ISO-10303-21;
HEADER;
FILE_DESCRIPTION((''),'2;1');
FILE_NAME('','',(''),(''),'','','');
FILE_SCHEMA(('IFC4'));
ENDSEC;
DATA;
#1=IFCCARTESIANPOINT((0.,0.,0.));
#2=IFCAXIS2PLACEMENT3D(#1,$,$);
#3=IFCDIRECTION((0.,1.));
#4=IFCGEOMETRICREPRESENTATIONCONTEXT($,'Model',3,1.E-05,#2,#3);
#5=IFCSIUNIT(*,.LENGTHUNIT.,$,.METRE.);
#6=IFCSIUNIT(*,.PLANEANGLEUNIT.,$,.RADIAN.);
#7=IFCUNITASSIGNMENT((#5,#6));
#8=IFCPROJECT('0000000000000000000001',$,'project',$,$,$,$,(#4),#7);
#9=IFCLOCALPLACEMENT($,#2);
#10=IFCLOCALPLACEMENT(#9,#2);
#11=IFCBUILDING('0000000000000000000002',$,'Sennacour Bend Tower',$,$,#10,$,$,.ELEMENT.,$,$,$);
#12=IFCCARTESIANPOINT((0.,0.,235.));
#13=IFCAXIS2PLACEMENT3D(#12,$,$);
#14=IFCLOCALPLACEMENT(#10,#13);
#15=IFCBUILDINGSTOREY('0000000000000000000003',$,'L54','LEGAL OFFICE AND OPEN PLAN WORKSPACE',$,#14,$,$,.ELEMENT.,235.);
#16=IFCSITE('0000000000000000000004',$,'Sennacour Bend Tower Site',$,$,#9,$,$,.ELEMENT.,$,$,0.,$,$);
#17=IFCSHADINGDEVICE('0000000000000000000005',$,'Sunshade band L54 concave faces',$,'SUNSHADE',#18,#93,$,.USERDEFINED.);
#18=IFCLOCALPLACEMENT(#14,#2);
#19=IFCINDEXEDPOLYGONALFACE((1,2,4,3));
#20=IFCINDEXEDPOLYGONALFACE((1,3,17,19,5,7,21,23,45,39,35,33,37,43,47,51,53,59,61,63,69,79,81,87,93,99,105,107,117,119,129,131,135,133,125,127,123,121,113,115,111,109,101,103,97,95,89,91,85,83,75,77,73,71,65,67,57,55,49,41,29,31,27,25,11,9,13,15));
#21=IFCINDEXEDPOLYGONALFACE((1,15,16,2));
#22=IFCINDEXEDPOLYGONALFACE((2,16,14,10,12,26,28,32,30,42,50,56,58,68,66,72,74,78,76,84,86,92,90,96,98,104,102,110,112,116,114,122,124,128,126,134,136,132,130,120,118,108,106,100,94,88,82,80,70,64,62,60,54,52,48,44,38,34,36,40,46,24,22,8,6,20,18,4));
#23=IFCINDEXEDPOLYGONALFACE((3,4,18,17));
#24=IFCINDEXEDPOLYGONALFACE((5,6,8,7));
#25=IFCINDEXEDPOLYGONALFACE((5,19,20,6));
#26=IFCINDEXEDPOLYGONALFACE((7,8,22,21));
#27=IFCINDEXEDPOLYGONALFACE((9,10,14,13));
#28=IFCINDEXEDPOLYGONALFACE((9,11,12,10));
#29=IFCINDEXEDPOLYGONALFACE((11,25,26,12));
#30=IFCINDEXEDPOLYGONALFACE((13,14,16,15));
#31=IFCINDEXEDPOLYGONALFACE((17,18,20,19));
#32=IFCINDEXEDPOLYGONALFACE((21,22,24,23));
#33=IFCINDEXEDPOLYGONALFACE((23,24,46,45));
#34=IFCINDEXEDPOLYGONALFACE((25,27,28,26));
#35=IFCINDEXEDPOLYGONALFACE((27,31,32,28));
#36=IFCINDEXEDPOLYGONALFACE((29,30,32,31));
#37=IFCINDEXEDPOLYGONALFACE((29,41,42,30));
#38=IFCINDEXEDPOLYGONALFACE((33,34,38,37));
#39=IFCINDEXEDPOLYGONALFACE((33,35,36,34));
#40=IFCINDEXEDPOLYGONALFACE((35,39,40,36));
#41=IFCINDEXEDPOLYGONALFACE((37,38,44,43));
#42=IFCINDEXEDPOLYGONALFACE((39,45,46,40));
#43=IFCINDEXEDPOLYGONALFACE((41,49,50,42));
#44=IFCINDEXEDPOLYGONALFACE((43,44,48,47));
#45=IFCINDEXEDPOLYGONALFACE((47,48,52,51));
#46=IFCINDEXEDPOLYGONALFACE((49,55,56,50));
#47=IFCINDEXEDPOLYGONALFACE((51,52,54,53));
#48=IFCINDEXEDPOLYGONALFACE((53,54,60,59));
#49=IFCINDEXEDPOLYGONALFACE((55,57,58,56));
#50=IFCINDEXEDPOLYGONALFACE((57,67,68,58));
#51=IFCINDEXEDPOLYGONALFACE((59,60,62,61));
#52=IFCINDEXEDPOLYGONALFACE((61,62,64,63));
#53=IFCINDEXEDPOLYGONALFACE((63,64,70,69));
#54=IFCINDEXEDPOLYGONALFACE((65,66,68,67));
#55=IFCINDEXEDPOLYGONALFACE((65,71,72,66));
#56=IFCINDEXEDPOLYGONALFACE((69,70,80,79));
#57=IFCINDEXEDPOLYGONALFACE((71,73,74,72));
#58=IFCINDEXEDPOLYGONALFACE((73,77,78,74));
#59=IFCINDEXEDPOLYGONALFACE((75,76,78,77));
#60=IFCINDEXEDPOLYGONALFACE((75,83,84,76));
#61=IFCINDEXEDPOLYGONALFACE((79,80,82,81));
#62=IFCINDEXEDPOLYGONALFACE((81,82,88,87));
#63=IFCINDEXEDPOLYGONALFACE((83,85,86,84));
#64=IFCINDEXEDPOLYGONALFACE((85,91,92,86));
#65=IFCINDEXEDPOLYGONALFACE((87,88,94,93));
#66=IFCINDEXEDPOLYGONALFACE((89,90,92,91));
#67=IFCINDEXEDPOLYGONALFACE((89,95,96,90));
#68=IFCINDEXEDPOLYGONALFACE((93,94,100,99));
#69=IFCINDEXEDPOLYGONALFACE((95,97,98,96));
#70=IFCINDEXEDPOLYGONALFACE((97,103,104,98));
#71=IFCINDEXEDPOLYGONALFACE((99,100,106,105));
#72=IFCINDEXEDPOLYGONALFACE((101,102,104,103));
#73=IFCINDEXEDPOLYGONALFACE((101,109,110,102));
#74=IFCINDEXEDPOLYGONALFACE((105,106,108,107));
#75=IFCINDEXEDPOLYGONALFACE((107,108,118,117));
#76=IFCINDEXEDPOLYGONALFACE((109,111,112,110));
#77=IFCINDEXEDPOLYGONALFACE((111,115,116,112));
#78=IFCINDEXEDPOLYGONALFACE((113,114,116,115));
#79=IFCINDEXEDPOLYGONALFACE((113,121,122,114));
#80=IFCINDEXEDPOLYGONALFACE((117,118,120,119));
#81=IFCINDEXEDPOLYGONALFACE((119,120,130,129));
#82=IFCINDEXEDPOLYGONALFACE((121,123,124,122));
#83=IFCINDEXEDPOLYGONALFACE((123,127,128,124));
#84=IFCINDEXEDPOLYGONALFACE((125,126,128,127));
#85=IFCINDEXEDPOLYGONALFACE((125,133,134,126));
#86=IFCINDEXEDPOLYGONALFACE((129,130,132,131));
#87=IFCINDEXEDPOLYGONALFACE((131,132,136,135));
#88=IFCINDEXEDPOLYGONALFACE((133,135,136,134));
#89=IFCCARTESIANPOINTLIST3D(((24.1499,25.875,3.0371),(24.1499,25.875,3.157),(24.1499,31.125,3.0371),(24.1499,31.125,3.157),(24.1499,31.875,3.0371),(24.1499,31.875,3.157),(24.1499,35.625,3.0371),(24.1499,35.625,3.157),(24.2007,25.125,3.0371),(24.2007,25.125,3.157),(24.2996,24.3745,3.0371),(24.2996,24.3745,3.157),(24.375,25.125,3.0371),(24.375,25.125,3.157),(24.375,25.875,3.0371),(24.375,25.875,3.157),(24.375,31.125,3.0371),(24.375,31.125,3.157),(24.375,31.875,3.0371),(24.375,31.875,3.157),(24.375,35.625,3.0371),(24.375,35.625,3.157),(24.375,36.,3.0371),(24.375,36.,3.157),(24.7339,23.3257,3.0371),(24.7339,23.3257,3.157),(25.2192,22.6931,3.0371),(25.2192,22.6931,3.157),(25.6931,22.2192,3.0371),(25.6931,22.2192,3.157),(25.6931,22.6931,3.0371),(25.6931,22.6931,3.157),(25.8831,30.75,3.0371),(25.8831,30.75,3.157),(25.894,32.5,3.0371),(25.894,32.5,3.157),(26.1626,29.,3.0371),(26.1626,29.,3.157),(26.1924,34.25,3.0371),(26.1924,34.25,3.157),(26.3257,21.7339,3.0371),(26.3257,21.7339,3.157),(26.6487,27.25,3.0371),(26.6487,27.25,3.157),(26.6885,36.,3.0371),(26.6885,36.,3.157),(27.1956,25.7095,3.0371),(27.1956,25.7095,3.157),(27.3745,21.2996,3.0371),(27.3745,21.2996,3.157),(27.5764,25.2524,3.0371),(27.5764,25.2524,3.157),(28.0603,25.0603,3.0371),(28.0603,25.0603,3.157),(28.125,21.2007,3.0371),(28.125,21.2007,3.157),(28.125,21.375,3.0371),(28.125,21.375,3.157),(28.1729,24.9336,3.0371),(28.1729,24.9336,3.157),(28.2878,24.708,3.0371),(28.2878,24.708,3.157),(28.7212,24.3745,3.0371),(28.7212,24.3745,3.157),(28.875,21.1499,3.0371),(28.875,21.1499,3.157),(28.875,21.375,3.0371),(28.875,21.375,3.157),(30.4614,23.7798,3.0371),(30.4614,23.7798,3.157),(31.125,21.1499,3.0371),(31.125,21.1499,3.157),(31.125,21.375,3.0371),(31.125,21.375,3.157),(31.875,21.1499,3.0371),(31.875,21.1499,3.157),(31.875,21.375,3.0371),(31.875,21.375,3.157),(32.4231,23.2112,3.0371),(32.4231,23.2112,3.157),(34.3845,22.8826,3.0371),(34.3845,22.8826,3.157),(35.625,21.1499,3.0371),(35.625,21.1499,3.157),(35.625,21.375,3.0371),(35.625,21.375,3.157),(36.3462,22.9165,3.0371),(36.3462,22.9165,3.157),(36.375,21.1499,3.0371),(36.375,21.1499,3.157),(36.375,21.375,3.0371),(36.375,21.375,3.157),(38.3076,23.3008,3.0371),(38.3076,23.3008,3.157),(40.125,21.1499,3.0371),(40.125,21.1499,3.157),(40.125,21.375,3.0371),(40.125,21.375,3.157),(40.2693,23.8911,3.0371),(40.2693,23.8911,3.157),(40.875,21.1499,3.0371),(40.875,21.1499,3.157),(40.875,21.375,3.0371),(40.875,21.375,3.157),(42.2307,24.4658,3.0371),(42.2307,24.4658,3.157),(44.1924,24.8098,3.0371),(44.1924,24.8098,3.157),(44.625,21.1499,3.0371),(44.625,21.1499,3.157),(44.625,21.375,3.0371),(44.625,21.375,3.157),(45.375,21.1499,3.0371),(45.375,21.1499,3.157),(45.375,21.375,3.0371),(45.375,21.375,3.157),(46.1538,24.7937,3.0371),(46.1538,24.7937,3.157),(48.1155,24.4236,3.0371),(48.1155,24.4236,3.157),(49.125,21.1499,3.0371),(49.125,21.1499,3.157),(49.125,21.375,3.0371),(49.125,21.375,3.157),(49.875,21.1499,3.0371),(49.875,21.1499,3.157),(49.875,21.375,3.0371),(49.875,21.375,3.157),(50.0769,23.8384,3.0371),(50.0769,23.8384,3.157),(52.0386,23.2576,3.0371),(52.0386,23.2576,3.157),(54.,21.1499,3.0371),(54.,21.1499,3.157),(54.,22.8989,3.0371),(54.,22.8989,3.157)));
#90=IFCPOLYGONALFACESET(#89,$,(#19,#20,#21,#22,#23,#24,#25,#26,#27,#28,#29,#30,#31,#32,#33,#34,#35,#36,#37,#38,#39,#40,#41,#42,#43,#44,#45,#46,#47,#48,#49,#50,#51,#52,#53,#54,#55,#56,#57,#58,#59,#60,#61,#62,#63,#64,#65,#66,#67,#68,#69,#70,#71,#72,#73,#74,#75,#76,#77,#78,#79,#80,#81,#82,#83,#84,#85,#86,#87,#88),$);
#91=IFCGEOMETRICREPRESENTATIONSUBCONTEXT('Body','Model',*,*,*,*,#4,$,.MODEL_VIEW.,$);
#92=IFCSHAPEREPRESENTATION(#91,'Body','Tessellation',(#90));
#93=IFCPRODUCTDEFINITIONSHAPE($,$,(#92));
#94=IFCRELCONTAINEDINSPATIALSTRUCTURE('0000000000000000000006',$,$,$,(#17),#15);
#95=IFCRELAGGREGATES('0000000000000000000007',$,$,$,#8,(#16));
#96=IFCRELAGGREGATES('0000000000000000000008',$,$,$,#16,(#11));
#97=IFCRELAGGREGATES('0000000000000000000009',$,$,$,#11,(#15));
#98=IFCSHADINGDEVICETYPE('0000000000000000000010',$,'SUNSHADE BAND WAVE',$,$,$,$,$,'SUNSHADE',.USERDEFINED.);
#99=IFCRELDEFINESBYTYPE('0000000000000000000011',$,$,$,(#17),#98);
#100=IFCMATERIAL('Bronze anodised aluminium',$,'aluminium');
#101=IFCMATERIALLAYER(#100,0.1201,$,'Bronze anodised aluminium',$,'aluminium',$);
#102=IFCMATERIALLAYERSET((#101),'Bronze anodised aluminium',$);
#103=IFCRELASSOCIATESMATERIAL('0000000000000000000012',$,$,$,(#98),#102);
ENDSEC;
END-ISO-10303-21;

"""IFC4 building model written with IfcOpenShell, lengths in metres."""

from ifc_helpers import new_model, si_unit, direction, frame, origin, place, context, subcontext, project, spatial, polyline, outline, extrude, material, layer, layer_set, type_object, element, save


model = new_model("IFC4")

# Units and contexts
model_context = context("Model", 3, precision=1e-05, world=origin(), true_north=direction((0.0, 1.0)))
body_context = subcontext(model_context, "Body", "Model", "MODEL_VIEW")
ifc_project = project(units=[si_unit("LENGTHUNIT", "METRE"), si_unit("PLANEANGLEUNIT", "RADIAN")], contexts=[model_context])

# Site, building, storey
site_placement = place(None, origin())
site = spatial("IfcSite", under=ifc_project, at=site_placement, Name="Sennacour Bend Tower Site", CompositionType="ELEMENT", RefElevation=0.0)
building_placement = place(site_placement, origin())
building = spatial("IfcBuilding", under=site, at=building_placement, Name="Sennacour Bend Tower", CompositionType="ELEMENT")
storey_placement = place(building_placement, frame((0.0, 0.0, 235.0)))
storey = spatial("IfcBuildingStorey", under=building, at=storey_placement, Name="L54", Description="LEGAL OFFICE AND OPEN PLAN WORKSPACE", CompositionType="ELEMENT", Elevation=235.0)

# Shading device
ifc_material_1 = material(Name="Bronze anodised aluminium", Category="aluminium")
ifc_layer_1 = layer(ifc_material_1, 0.1201, Name="Bronze anodised aluminium", Category="aluminium")
ifc_layer_set_1 = layer_set([ifc_layer_1], Name="Bronze anodised aluminium")
shading_device_type_1 = type_object("IfcShadingDeviceType", Name="SUNSHADE BAND WAVE", ElementType="SUNSHADE", PredefinedType="USERDEFINED", material=ifc_layer_set_1)
shading_device_1_placement = place(storey_placement, frame((0.0, 0.0, 3.0371)))
element("IfcShadingDevice", 1, at=shading_device_1_placement, inside=storey, type_object=shading_device_type_1, Name="Sunshade band L54 concave faces", ObjectType="SUNSHADE", PredefinedType="USERDEFINED", context=body_context, shape_type="SweptSolid", body=[
    extrude(outline(polyline([(54.0, 21.1499), (49.875, 21.1499), (49.875, 21.375), (49.125, 21.375), (49.125, 21.1499), (45.375, 21.1499), (45.375, 21.375), (44.625, 21.375), (44.625, 21.1499), (40.875, 21.1499), (40.875, 21.375), (40.125, 21.375), (40.125, 21.1499), (36.375, 21.1499), (36.375, 21.375), (35.625, 21.375), (35.625, 21.1499), (31.875, 21.1499), (31.875, 21.375), (31.125, 21.375), (31.125, 21.1499), (28.875, 21.1499), (28.875, 21.375), (28.125, 21.375), (28.125, 21.2007), (27.3745, 21.2996), (26.3257, 21.7339), (25.6931, 22.2192), (25.6931, 22.6931), (25.2192, 22.6931), (24.7339, 23.3257), (24.2996, 24.3745), (24.2007, 25.125), (24.375, 25.125), (24.375, 25.875), (24.1499, 25.875), (24.1499, 31.125), (24.375, 31.125), (24.375, 31.875), (24.1499, 31.875), (24.1499, 35.625), (24.375, 35.625), (24.375, 36.0), (26.6885, 36.0), (26.1924, 34.25), (25.894, 32.5), (25.8831, 30.75), (26.1626, 29.0), (26.6487, 27.25), (27.1956, 25.7095), (27.5764, 25.2524), (28.0603, 25.0603), (28.1729, 24.9336), (28.2878, 24.708), (28.7212, 24.3745), (30.4614, 23.7798), (32.4231, 23.2112), (34.3845, 22.8826), (36.3462, 22.9165), (38.3076, 23.3008), (40.2693, 23.8911), (42.2307, 24.4658), (44.1924, 24.8098), (46.1538, 24.7937), (48.1155, 24.4236), (50.0769, 23.8384), (52.0386, 23.2576), (54.0, 22.8989), (54.0, 21.1499)])), origin(), (0.0, 0.0, 1.0), 0.1199),
])

save(model, "model.ifc")
